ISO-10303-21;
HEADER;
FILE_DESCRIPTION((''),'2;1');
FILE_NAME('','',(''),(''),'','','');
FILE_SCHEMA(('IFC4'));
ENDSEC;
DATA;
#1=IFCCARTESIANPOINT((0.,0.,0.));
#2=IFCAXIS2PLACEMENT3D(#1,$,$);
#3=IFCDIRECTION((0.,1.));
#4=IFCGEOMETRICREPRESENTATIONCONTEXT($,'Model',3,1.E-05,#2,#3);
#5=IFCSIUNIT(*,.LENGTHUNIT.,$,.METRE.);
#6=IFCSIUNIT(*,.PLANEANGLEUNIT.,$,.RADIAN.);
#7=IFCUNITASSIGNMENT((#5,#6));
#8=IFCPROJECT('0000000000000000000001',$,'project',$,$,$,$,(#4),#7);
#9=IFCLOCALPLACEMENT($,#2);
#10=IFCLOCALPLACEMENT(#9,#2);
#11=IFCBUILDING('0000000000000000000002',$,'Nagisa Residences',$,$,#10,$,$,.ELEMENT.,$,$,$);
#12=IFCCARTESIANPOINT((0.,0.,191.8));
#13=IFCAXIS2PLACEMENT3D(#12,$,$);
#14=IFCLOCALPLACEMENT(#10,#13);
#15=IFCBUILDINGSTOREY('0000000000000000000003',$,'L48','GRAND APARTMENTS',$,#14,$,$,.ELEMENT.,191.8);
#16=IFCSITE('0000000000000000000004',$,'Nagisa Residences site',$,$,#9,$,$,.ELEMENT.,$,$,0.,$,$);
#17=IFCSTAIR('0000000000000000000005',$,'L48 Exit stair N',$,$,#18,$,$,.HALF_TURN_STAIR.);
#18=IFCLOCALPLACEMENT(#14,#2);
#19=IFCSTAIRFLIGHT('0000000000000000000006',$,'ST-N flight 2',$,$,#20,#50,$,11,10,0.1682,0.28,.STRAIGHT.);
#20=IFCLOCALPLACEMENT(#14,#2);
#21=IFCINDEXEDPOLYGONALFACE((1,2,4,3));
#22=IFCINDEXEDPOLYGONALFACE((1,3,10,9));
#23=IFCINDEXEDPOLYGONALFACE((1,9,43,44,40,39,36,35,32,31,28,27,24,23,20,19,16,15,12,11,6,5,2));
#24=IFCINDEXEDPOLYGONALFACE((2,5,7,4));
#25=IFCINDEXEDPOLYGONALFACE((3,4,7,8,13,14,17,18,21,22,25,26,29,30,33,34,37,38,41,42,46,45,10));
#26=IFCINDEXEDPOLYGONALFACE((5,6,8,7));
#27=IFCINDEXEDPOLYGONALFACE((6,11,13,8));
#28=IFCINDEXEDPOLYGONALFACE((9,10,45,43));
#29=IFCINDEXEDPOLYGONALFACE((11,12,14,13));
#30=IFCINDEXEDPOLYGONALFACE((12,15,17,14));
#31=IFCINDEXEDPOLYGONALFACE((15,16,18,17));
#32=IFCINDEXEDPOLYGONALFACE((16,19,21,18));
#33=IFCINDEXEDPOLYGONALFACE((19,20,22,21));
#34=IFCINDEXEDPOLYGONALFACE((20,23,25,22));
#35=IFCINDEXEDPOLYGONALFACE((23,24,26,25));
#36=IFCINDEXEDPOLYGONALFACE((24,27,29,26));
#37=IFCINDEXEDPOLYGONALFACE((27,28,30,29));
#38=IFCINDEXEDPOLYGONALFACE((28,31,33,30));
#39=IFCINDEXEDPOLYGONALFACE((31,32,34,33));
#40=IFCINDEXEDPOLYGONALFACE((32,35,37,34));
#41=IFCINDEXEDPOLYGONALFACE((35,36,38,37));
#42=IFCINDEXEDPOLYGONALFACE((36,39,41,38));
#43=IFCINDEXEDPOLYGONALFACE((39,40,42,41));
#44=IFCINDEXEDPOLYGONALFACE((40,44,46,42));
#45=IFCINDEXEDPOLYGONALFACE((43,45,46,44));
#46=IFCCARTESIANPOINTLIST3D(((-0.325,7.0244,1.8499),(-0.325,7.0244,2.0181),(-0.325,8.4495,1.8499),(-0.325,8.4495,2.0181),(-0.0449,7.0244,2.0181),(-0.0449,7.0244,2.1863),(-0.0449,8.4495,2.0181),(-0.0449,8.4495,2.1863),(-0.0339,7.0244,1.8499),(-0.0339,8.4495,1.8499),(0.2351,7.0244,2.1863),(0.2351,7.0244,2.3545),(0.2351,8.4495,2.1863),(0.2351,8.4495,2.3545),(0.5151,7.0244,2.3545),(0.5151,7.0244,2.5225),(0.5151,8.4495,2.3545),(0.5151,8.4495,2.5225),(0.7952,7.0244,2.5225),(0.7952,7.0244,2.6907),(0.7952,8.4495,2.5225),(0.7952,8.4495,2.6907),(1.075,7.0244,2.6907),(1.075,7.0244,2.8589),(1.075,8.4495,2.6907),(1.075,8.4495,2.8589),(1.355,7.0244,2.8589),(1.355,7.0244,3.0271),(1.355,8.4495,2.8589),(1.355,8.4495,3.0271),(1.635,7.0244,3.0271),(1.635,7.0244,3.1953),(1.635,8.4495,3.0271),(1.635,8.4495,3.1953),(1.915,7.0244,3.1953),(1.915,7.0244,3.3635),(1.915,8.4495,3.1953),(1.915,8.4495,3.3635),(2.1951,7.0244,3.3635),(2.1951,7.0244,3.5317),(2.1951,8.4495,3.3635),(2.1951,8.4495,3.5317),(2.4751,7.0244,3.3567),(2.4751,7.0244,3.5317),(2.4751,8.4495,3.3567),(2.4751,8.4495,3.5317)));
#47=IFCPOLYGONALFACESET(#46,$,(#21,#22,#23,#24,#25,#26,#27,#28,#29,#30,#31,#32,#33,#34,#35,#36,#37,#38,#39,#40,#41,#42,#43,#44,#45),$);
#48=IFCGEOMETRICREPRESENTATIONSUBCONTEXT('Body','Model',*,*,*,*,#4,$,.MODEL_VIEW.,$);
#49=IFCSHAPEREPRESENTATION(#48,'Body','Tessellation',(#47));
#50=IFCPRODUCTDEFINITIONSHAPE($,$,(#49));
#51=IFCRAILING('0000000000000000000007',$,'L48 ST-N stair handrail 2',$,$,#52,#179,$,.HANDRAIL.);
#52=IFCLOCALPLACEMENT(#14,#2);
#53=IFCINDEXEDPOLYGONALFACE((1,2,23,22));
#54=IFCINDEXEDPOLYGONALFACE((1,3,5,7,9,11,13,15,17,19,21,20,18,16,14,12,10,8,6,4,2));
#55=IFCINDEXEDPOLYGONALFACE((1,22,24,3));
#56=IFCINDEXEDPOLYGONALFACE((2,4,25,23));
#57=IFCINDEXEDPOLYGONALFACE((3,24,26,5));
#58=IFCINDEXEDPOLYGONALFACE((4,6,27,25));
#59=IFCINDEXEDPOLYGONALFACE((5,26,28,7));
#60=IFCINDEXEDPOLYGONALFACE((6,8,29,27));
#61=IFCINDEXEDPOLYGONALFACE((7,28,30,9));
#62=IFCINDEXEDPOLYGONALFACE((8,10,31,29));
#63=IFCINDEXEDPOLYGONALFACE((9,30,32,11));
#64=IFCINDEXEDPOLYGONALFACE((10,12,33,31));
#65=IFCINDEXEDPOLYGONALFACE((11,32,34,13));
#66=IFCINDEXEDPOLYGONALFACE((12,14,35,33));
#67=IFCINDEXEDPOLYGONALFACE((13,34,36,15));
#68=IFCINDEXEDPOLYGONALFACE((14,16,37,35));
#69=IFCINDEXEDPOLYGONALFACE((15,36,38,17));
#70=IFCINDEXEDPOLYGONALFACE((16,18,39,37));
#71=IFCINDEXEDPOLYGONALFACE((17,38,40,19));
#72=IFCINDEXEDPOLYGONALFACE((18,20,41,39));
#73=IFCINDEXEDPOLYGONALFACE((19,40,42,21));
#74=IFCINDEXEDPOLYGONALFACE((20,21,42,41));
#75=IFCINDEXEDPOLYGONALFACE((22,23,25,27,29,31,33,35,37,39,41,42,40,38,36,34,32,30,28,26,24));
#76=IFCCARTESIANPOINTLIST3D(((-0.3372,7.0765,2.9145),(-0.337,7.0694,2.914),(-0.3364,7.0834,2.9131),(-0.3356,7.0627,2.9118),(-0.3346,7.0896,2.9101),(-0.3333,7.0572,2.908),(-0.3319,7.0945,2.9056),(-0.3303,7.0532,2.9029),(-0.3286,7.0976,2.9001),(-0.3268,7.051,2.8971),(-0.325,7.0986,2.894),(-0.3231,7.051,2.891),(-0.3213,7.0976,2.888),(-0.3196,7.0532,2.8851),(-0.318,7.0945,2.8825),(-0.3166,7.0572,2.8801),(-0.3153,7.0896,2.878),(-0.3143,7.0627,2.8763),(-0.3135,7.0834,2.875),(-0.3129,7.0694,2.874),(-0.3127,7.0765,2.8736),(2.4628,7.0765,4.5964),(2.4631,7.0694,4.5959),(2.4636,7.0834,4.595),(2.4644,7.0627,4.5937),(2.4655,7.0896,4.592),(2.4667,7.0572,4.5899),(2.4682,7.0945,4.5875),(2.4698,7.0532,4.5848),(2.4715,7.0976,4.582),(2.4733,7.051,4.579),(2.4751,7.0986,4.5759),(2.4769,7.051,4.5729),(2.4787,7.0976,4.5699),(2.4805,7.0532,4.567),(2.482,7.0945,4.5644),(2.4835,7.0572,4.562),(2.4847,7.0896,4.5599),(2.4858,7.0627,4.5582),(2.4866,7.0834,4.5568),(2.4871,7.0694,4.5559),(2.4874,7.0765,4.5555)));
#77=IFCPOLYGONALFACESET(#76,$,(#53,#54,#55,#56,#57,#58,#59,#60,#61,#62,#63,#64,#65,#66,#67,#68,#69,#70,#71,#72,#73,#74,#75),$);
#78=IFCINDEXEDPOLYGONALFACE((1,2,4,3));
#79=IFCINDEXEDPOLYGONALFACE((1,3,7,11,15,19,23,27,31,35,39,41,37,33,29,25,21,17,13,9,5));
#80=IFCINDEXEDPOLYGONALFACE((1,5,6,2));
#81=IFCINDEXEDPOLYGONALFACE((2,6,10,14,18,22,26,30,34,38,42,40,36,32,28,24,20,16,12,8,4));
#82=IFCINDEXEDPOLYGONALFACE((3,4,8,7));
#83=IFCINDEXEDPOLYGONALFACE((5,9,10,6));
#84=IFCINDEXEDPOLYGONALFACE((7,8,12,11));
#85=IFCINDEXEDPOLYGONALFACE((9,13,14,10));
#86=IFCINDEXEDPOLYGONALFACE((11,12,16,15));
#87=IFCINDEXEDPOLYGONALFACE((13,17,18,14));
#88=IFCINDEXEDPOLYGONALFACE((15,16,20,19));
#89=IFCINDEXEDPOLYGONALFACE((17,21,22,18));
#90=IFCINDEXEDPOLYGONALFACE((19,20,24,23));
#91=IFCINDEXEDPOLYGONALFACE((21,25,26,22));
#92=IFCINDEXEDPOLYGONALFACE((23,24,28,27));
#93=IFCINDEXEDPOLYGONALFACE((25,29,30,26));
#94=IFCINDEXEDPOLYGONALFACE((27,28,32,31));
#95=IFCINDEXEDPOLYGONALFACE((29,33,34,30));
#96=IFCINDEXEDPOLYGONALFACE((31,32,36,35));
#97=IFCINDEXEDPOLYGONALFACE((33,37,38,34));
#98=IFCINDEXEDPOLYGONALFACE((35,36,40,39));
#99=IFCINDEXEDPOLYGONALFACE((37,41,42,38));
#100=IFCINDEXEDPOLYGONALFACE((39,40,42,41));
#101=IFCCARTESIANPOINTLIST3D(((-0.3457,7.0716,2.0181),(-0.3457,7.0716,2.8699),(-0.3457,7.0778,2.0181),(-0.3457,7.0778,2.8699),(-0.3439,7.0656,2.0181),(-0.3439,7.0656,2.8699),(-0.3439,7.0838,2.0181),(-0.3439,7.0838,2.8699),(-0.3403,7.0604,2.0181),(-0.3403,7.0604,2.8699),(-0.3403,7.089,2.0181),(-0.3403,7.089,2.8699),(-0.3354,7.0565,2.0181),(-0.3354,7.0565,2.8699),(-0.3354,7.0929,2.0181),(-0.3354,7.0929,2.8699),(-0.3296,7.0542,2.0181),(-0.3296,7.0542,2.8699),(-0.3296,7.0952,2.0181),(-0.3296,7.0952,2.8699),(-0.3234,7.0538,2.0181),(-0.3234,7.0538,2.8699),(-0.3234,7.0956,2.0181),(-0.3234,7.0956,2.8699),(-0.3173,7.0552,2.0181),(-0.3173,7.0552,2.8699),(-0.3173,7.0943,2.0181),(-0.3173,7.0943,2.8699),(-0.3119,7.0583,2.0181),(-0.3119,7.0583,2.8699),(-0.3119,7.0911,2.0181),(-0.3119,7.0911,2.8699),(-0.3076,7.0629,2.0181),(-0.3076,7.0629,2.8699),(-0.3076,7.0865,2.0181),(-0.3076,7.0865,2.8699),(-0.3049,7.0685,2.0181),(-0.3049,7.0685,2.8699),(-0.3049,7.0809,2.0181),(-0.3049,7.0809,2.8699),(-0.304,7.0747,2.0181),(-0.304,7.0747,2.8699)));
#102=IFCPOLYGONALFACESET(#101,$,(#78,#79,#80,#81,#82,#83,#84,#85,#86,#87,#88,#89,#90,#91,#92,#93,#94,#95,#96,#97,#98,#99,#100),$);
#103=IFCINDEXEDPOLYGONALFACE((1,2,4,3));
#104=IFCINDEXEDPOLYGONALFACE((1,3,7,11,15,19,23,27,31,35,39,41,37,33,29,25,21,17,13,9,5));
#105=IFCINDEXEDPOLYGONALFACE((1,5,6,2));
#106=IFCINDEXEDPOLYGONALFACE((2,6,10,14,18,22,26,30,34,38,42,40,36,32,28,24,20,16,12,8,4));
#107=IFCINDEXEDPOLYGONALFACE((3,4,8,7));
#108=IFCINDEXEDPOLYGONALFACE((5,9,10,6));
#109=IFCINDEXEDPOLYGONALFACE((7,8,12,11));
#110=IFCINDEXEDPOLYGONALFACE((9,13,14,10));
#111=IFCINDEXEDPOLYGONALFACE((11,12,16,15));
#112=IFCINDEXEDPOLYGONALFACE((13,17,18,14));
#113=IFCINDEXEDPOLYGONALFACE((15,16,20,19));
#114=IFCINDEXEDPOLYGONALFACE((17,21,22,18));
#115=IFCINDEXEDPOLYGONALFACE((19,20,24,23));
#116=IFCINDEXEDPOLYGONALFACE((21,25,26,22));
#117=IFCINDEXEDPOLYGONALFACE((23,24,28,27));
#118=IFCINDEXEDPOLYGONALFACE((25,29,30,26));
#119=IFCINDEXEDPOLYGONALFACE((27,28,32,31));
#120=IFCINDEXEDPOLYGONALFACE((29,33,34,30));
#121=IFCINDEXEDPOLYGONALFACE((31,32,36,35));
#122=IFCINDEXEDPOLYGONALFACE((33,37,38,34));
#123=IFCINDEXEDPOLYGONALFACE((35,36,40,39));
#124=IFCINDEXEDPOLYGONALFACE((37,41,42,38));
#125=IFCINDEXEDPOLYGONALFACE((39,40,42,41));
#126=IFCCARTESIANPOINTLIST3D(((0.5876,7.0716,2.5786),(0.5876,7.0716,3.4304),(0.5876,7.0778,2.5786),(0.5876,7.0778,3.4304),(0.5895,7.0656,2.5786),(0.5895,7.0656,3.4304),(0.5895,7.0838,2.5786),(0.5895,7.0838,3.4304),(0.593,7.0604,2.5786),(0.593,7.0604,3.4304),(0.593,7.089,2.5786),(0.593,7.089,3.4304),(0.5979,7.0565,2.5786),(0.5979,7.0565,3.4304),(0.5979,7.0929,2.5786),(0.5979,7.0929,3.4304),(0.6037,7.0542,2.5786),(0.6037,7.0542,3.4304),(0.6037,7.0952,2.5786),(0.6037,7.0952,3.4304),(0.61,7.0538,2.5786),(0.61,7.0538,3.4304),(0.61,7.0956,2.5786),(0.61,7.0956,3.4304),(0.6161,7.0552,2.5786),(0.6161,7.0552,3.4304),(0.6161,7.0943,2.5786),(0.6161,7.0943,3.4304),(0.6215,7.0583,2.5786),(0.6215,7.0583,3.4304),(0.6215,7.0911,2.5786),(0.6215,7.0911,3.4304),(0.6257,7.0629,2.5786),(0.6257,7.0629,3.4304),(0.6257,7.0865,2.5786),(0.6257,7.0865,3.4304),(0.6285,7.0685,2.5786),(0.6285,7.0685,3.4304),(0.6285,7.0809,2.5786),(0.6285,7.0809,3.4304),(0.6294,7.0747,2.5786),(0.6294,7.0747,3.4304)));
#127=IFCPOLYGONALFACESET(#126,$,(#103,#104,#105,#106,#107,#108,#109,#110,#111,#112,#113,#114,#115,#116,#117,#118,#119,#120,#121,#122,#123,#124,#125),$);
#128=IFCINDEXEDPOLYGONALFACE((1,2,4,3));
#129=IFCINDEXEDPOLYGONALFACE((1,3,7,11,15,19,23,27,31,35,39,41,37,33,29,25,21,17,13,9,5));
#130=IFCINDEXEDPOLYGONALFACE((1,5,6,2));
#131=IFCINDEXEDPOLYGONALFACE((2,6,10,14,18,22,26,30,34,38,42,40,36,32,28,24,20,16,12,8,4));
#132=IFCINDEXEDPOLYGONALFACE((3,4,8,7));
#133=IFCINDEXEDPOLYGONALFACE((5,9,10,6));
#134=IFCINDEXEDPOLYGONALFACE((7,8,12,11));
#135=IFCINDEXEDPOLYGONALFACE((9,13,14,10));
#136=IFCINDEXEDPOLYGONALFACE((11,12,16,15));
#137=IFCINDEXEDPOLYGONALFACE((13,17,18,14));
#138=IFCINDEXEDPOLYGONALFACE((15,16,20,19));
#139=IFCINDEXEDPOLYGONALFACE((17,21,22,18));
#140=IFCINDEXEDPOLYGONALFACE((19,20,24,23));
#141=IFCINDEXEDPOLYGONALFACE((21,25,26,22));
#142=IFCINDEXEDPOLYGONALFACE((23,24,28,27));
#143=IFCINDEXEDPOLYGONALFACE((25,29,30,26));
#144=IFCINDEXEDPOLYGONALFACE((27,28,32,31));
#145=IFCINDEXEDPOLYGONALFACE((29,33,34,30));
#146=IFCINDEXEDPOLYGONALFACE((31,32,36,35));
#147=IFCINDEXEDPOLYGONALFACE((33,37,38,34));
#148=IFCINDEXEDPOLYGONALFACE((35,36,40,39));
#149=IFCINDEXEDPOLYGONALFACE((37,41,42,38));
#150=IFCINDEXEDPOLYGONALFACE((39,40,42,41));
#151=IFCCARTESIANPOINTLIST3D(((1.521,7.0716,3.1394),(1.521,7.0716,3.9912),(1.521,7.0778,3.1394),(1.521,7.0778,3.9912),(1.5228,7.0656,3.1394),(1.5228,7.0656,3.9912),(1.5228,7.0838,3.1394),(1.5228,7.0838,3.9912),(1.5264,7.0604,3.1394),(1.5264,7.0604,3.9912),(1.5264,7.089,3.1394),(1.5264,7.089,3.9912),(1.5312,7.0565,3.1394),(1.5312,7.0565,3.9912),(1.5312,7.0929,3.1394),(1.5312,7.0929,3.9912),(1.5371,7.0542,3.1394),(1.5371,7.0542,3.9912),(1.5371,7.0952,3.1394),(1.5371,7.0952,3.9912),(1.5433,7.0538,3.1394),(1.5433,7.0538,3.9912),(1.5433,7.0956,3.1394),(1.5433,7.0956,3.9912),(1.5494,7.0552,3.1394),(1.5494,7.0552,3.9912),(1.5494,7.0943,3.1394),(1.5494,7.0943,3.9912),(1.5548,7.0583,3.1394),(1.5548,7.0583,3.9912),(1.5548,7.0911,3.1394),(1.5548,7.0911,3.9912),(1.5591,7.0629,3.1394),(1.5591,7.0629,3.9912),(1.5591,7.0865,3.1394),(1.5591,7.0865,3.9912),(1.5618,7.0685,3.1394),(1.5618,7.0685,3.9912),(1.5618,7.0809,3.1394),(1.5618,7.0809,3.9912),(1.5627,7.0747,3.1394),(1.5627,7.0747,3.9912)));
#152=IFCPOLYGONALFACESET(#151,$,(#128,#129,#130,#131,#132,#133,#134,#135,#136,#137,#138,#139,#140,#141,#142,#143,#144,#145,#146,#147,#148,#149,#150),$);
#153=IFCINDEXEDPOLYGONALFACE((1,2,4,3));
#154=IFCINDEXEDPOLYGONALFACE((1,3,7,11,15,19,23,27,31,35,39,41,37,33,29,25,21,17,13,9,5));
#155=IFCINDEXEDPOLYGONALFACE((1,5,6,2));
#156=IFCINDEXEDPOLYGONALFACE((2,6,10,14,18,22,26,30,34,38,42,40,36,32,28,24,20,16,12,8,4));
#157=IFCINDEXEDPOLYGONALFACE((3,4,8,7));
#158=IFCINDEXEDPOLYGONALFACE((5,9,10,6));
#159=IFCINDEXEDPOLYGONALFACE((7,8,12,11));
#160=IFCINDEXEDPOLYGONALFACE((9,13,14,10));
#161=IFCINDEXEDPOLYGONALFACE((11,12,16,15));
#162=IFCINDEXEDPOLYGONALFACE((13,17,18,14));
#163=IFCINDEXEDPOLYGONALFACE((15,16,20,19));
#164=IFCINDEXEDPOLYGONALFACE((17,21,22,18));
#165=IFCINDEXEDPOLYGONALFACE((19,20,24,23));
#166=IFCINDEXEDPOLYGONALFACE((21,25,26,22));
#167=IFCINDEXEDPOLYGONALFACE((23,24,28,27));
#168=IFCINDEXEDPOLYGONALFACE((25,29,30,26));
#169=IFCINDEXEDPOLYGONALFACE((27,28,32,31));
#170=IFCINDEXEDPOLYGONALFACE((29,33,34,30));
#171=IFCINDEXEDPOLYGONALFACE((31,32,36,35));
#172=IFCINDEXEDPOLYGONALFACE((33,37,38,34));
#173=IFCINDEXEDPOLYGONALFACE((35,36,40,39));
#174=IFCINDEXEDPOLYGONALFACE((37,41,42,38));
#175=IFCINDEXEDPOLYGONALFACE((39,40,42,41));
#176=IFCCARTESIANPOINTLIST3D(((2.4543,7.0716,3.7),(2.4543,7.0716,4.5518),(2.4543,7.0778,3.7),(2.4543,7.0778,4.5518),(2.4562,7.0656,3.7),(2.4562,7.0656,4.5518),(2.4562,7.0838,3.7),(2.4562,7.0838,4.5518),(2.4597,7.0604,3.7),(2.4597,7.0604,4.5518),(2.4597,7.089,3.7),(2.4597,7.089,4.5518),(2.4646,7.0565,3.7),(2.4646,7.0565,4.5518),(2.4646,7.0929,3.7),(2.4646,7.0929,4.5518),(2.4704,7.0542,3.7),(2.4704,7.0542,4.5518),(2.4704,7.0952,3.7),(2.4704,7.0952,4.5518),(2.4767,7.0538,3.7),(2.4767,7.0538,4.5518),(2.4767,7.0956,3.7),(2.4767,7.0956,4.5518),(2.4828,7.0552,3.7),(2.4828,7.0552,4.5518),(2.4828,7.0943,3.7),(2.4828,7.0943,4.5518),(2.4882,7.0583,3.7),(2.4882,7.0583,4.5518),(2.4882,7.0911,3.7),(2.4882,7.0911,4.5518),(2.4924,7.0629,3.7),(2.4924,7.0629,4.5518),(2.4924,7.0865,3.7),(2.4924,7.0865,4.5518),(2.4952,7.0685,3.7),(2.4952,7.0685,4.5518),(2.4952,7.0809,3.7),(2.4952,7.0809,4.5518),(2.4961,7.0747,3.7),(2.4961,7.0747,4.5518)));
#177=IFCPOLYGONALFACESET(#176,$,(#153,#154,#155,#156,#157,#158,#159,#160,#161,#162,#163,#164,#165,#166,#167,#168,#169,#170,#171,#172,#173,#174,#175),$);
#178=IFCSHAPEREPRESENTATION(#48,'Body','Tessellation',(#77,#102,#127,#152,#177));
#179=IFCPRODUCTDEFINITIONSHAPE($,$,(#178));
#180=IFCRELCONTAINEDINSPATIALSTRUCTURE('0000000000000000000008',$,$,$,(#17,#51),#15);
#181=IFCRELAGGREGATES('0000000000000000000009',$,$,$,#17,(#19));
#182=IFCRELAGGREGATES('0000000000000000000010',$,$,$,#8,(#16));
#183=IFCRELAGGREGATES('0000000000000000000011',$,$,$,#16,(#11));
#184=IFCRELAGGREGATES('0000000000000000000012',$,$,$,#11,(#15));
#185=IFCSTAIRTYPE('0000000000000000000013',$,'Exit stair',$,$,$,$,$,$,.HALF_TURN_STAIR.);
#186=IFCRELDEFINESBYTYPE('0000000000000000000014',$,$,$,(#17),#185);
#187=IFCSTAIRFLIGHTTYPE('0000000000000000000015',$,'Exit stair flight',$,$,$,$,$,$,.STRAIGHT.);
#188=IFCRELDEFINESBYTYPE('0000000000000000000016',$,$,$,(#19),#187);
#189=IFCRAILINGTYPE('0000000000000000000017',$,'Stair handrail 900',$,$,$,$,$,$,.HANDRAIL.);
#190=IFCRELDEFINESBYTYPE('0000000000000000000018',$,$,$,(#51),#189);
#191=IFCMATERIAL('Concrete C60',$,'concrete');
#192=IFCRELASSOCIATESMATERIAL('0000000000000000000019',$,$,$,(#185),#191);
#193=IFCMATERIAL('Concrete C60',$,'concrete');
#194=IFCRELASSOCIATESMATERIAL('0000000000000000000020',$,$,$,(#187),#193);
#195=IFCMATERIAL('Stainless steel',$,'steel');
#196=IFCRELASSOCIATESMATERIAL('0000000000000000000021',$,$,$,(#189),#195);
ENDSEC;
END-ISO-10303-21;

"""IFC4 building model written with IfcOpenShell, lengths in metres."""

from ifc_helpers import new_model, si_unit, direction, frame, origin, origin_2d, place, context, subcontext, project, spatial, polyline, circle, outline, extrude, material, type_object, element, aggregate, save


model = new_model("IFC4")

# Units and contexts
model_context = context("Model", 3, precision=1e-05, world=origin(), true_north=direction((0.0, 1.0)))
body_context = subcontext(model_context, "Body", "Model", "MODEL_VIEW")
ifc_project = project(units=[si_unit("LENGTHUNIT", "METRE"), si_unit("PLANEANGLEUNIT", "RADIAN")], contexts=[model_context])

# Site, building, storey
site_placement = place(None, origin())
site = spatial("IfcSite", under=ifc_project, at=site_placement, Name="Nagisa Residences site", CompositionType="ELEMENT", RefElevation=0.0)
building_placement = place(site_placement, origin())
building = spatial("IfcBuilding", under=site, at=building_placement, Name="Nagisa Residences", CompositionType="ELEMENT")
storey_placement = place(building_placement, frame((0.0, 0.0, 191.8)))
storey = spatial("IfcBuildingStorey", under=building, at=storey_placement, Name="L48", Description="GRAND APARTMENTS", CompositionType="ELEMENT", Elevation=191.8)

# Stair
ifc_material_1 = material(Name="Concrete C60", Category="concrete")
stair_type = type_object("IfcStairType", Name="Exit stair", PredefinedType="HALF_TURN_STAIR", material=ifc_material_1)
stair_1_placement = place(storey_placement, origin())
stair_1 = element("IfcStair", 1, at=stair_1_placement, inside=storey, type_object=stair_type, Name="L48 Exit stair N", PredefinedType="HALF_TURN_STAIR")

# Stair flight
ifc_material_2 = material(Name="Concrete C60", Category="concrete")
stair_flight_type = type_object("IfcStairFlightType", Name="Exit stair flight", PredefinedType="STRAIGHT", material=ifc_material_2)
stair_flight_placement = place(storey_placement, frame((-0.325, 7.7371, 1.8499), z_axis=(0.0, 0.0, 1.0), x_axis=(1.0, 0.0, 0.0)))
stair_flight = element("IfcStairFlight", 2, at=stair_flight_placement, type_object=stair_flight_type, Name="ST-N flight 2", NumberOfRisers=11, NumberOfTreads=10, PredefinedType="STRAIGHT", RiserHeight=0.1682, TreadLength=0.28, context=body_context, shape_type="SweptSolid", body=[
    extrude(outline(polyline([(0.0, 0.0), (0.0, 0.1682), (0.28, 0.1682), (0.28, 0.3364), (0.5601, 0.3364), (0.5601, 0.5046), (0.8401, 0.5046), (0.8401, 0.6726), (1.1201, 0.6726), (1.1201, 0.8408), (1.3999, 0.8408), (1.3999, 1.009), (1.6799, 1.009), (1.6799, 1.1772), (1.96, 1.1772), (1.96, 1.3455), (2.24, 1.3455), (2.24, 1.5137), (2.52, 1.5137), (2.52, 1.6819), (2.8, 1.6819), (2.8, 1.8501), (2.8, 1.5068), (0.291, 0.0), (0.0, 0.0)])), frame((0.0, 0.7124, 0.0), z_axis=(0.0, -1.0, 0.0), x_axis=(1.0, 0.0, 0.0)), (0.0, 0.0, 1.0), 1.425),
])
aggregate(stair_1, [stair_flight])

# Railing
ifc_material_3 = material(Name="Stainless steel", Category="steel")
railing_type = type_object("IfcRailingType", Name="Stair handrail 900", PredefinedType="HANDRAIL", material=ifc_material_3)
railing_placement = place(storey_placement, frame((-0.325, 7.0747, 2.0181)))
element("IfcRailing", 3, at=railing_placement, inside=storey, type_object=railing_type, Name="L48 ST-N stair handrail 2", PredefinedType="HANDRAIL", context=body_context, shape_type="SweptSolid", body=[
    extrude(circle(Radius=0.0239, at=origin_2d()), frame((0.0, 0.0, 0.876), z_axis=(0.857242, 0.0, 0.514913), x_axis=(0.0, 1.0, 0.0)), (0.0, 0.0, 1.0), 3.2664),
    extrude(circle(Radius=0.021, at=origin_2d()), origin(), (0.0, 0.0, 1.0), 0.8518),
    extrude(circle(Radius=0.021, at=origin_2d()), frame((0.9333, 0.0, 0.5605)), (0.0, 0.0, 1.0), 0.8518),
    extrude(circle(Radius=0.021, at=origin_2d()), frame((1.8667, 0.0, 1.1213)), (0.0, 0.0, 1.0), 0.8518),
    extrude(circle(Radius=0.021, at=origin_2d()), frame((2.8, 0.0, 1.6819)), (0.0, 0.0, 1.0), 0.8518),
])

save(model, "model.ifc")
